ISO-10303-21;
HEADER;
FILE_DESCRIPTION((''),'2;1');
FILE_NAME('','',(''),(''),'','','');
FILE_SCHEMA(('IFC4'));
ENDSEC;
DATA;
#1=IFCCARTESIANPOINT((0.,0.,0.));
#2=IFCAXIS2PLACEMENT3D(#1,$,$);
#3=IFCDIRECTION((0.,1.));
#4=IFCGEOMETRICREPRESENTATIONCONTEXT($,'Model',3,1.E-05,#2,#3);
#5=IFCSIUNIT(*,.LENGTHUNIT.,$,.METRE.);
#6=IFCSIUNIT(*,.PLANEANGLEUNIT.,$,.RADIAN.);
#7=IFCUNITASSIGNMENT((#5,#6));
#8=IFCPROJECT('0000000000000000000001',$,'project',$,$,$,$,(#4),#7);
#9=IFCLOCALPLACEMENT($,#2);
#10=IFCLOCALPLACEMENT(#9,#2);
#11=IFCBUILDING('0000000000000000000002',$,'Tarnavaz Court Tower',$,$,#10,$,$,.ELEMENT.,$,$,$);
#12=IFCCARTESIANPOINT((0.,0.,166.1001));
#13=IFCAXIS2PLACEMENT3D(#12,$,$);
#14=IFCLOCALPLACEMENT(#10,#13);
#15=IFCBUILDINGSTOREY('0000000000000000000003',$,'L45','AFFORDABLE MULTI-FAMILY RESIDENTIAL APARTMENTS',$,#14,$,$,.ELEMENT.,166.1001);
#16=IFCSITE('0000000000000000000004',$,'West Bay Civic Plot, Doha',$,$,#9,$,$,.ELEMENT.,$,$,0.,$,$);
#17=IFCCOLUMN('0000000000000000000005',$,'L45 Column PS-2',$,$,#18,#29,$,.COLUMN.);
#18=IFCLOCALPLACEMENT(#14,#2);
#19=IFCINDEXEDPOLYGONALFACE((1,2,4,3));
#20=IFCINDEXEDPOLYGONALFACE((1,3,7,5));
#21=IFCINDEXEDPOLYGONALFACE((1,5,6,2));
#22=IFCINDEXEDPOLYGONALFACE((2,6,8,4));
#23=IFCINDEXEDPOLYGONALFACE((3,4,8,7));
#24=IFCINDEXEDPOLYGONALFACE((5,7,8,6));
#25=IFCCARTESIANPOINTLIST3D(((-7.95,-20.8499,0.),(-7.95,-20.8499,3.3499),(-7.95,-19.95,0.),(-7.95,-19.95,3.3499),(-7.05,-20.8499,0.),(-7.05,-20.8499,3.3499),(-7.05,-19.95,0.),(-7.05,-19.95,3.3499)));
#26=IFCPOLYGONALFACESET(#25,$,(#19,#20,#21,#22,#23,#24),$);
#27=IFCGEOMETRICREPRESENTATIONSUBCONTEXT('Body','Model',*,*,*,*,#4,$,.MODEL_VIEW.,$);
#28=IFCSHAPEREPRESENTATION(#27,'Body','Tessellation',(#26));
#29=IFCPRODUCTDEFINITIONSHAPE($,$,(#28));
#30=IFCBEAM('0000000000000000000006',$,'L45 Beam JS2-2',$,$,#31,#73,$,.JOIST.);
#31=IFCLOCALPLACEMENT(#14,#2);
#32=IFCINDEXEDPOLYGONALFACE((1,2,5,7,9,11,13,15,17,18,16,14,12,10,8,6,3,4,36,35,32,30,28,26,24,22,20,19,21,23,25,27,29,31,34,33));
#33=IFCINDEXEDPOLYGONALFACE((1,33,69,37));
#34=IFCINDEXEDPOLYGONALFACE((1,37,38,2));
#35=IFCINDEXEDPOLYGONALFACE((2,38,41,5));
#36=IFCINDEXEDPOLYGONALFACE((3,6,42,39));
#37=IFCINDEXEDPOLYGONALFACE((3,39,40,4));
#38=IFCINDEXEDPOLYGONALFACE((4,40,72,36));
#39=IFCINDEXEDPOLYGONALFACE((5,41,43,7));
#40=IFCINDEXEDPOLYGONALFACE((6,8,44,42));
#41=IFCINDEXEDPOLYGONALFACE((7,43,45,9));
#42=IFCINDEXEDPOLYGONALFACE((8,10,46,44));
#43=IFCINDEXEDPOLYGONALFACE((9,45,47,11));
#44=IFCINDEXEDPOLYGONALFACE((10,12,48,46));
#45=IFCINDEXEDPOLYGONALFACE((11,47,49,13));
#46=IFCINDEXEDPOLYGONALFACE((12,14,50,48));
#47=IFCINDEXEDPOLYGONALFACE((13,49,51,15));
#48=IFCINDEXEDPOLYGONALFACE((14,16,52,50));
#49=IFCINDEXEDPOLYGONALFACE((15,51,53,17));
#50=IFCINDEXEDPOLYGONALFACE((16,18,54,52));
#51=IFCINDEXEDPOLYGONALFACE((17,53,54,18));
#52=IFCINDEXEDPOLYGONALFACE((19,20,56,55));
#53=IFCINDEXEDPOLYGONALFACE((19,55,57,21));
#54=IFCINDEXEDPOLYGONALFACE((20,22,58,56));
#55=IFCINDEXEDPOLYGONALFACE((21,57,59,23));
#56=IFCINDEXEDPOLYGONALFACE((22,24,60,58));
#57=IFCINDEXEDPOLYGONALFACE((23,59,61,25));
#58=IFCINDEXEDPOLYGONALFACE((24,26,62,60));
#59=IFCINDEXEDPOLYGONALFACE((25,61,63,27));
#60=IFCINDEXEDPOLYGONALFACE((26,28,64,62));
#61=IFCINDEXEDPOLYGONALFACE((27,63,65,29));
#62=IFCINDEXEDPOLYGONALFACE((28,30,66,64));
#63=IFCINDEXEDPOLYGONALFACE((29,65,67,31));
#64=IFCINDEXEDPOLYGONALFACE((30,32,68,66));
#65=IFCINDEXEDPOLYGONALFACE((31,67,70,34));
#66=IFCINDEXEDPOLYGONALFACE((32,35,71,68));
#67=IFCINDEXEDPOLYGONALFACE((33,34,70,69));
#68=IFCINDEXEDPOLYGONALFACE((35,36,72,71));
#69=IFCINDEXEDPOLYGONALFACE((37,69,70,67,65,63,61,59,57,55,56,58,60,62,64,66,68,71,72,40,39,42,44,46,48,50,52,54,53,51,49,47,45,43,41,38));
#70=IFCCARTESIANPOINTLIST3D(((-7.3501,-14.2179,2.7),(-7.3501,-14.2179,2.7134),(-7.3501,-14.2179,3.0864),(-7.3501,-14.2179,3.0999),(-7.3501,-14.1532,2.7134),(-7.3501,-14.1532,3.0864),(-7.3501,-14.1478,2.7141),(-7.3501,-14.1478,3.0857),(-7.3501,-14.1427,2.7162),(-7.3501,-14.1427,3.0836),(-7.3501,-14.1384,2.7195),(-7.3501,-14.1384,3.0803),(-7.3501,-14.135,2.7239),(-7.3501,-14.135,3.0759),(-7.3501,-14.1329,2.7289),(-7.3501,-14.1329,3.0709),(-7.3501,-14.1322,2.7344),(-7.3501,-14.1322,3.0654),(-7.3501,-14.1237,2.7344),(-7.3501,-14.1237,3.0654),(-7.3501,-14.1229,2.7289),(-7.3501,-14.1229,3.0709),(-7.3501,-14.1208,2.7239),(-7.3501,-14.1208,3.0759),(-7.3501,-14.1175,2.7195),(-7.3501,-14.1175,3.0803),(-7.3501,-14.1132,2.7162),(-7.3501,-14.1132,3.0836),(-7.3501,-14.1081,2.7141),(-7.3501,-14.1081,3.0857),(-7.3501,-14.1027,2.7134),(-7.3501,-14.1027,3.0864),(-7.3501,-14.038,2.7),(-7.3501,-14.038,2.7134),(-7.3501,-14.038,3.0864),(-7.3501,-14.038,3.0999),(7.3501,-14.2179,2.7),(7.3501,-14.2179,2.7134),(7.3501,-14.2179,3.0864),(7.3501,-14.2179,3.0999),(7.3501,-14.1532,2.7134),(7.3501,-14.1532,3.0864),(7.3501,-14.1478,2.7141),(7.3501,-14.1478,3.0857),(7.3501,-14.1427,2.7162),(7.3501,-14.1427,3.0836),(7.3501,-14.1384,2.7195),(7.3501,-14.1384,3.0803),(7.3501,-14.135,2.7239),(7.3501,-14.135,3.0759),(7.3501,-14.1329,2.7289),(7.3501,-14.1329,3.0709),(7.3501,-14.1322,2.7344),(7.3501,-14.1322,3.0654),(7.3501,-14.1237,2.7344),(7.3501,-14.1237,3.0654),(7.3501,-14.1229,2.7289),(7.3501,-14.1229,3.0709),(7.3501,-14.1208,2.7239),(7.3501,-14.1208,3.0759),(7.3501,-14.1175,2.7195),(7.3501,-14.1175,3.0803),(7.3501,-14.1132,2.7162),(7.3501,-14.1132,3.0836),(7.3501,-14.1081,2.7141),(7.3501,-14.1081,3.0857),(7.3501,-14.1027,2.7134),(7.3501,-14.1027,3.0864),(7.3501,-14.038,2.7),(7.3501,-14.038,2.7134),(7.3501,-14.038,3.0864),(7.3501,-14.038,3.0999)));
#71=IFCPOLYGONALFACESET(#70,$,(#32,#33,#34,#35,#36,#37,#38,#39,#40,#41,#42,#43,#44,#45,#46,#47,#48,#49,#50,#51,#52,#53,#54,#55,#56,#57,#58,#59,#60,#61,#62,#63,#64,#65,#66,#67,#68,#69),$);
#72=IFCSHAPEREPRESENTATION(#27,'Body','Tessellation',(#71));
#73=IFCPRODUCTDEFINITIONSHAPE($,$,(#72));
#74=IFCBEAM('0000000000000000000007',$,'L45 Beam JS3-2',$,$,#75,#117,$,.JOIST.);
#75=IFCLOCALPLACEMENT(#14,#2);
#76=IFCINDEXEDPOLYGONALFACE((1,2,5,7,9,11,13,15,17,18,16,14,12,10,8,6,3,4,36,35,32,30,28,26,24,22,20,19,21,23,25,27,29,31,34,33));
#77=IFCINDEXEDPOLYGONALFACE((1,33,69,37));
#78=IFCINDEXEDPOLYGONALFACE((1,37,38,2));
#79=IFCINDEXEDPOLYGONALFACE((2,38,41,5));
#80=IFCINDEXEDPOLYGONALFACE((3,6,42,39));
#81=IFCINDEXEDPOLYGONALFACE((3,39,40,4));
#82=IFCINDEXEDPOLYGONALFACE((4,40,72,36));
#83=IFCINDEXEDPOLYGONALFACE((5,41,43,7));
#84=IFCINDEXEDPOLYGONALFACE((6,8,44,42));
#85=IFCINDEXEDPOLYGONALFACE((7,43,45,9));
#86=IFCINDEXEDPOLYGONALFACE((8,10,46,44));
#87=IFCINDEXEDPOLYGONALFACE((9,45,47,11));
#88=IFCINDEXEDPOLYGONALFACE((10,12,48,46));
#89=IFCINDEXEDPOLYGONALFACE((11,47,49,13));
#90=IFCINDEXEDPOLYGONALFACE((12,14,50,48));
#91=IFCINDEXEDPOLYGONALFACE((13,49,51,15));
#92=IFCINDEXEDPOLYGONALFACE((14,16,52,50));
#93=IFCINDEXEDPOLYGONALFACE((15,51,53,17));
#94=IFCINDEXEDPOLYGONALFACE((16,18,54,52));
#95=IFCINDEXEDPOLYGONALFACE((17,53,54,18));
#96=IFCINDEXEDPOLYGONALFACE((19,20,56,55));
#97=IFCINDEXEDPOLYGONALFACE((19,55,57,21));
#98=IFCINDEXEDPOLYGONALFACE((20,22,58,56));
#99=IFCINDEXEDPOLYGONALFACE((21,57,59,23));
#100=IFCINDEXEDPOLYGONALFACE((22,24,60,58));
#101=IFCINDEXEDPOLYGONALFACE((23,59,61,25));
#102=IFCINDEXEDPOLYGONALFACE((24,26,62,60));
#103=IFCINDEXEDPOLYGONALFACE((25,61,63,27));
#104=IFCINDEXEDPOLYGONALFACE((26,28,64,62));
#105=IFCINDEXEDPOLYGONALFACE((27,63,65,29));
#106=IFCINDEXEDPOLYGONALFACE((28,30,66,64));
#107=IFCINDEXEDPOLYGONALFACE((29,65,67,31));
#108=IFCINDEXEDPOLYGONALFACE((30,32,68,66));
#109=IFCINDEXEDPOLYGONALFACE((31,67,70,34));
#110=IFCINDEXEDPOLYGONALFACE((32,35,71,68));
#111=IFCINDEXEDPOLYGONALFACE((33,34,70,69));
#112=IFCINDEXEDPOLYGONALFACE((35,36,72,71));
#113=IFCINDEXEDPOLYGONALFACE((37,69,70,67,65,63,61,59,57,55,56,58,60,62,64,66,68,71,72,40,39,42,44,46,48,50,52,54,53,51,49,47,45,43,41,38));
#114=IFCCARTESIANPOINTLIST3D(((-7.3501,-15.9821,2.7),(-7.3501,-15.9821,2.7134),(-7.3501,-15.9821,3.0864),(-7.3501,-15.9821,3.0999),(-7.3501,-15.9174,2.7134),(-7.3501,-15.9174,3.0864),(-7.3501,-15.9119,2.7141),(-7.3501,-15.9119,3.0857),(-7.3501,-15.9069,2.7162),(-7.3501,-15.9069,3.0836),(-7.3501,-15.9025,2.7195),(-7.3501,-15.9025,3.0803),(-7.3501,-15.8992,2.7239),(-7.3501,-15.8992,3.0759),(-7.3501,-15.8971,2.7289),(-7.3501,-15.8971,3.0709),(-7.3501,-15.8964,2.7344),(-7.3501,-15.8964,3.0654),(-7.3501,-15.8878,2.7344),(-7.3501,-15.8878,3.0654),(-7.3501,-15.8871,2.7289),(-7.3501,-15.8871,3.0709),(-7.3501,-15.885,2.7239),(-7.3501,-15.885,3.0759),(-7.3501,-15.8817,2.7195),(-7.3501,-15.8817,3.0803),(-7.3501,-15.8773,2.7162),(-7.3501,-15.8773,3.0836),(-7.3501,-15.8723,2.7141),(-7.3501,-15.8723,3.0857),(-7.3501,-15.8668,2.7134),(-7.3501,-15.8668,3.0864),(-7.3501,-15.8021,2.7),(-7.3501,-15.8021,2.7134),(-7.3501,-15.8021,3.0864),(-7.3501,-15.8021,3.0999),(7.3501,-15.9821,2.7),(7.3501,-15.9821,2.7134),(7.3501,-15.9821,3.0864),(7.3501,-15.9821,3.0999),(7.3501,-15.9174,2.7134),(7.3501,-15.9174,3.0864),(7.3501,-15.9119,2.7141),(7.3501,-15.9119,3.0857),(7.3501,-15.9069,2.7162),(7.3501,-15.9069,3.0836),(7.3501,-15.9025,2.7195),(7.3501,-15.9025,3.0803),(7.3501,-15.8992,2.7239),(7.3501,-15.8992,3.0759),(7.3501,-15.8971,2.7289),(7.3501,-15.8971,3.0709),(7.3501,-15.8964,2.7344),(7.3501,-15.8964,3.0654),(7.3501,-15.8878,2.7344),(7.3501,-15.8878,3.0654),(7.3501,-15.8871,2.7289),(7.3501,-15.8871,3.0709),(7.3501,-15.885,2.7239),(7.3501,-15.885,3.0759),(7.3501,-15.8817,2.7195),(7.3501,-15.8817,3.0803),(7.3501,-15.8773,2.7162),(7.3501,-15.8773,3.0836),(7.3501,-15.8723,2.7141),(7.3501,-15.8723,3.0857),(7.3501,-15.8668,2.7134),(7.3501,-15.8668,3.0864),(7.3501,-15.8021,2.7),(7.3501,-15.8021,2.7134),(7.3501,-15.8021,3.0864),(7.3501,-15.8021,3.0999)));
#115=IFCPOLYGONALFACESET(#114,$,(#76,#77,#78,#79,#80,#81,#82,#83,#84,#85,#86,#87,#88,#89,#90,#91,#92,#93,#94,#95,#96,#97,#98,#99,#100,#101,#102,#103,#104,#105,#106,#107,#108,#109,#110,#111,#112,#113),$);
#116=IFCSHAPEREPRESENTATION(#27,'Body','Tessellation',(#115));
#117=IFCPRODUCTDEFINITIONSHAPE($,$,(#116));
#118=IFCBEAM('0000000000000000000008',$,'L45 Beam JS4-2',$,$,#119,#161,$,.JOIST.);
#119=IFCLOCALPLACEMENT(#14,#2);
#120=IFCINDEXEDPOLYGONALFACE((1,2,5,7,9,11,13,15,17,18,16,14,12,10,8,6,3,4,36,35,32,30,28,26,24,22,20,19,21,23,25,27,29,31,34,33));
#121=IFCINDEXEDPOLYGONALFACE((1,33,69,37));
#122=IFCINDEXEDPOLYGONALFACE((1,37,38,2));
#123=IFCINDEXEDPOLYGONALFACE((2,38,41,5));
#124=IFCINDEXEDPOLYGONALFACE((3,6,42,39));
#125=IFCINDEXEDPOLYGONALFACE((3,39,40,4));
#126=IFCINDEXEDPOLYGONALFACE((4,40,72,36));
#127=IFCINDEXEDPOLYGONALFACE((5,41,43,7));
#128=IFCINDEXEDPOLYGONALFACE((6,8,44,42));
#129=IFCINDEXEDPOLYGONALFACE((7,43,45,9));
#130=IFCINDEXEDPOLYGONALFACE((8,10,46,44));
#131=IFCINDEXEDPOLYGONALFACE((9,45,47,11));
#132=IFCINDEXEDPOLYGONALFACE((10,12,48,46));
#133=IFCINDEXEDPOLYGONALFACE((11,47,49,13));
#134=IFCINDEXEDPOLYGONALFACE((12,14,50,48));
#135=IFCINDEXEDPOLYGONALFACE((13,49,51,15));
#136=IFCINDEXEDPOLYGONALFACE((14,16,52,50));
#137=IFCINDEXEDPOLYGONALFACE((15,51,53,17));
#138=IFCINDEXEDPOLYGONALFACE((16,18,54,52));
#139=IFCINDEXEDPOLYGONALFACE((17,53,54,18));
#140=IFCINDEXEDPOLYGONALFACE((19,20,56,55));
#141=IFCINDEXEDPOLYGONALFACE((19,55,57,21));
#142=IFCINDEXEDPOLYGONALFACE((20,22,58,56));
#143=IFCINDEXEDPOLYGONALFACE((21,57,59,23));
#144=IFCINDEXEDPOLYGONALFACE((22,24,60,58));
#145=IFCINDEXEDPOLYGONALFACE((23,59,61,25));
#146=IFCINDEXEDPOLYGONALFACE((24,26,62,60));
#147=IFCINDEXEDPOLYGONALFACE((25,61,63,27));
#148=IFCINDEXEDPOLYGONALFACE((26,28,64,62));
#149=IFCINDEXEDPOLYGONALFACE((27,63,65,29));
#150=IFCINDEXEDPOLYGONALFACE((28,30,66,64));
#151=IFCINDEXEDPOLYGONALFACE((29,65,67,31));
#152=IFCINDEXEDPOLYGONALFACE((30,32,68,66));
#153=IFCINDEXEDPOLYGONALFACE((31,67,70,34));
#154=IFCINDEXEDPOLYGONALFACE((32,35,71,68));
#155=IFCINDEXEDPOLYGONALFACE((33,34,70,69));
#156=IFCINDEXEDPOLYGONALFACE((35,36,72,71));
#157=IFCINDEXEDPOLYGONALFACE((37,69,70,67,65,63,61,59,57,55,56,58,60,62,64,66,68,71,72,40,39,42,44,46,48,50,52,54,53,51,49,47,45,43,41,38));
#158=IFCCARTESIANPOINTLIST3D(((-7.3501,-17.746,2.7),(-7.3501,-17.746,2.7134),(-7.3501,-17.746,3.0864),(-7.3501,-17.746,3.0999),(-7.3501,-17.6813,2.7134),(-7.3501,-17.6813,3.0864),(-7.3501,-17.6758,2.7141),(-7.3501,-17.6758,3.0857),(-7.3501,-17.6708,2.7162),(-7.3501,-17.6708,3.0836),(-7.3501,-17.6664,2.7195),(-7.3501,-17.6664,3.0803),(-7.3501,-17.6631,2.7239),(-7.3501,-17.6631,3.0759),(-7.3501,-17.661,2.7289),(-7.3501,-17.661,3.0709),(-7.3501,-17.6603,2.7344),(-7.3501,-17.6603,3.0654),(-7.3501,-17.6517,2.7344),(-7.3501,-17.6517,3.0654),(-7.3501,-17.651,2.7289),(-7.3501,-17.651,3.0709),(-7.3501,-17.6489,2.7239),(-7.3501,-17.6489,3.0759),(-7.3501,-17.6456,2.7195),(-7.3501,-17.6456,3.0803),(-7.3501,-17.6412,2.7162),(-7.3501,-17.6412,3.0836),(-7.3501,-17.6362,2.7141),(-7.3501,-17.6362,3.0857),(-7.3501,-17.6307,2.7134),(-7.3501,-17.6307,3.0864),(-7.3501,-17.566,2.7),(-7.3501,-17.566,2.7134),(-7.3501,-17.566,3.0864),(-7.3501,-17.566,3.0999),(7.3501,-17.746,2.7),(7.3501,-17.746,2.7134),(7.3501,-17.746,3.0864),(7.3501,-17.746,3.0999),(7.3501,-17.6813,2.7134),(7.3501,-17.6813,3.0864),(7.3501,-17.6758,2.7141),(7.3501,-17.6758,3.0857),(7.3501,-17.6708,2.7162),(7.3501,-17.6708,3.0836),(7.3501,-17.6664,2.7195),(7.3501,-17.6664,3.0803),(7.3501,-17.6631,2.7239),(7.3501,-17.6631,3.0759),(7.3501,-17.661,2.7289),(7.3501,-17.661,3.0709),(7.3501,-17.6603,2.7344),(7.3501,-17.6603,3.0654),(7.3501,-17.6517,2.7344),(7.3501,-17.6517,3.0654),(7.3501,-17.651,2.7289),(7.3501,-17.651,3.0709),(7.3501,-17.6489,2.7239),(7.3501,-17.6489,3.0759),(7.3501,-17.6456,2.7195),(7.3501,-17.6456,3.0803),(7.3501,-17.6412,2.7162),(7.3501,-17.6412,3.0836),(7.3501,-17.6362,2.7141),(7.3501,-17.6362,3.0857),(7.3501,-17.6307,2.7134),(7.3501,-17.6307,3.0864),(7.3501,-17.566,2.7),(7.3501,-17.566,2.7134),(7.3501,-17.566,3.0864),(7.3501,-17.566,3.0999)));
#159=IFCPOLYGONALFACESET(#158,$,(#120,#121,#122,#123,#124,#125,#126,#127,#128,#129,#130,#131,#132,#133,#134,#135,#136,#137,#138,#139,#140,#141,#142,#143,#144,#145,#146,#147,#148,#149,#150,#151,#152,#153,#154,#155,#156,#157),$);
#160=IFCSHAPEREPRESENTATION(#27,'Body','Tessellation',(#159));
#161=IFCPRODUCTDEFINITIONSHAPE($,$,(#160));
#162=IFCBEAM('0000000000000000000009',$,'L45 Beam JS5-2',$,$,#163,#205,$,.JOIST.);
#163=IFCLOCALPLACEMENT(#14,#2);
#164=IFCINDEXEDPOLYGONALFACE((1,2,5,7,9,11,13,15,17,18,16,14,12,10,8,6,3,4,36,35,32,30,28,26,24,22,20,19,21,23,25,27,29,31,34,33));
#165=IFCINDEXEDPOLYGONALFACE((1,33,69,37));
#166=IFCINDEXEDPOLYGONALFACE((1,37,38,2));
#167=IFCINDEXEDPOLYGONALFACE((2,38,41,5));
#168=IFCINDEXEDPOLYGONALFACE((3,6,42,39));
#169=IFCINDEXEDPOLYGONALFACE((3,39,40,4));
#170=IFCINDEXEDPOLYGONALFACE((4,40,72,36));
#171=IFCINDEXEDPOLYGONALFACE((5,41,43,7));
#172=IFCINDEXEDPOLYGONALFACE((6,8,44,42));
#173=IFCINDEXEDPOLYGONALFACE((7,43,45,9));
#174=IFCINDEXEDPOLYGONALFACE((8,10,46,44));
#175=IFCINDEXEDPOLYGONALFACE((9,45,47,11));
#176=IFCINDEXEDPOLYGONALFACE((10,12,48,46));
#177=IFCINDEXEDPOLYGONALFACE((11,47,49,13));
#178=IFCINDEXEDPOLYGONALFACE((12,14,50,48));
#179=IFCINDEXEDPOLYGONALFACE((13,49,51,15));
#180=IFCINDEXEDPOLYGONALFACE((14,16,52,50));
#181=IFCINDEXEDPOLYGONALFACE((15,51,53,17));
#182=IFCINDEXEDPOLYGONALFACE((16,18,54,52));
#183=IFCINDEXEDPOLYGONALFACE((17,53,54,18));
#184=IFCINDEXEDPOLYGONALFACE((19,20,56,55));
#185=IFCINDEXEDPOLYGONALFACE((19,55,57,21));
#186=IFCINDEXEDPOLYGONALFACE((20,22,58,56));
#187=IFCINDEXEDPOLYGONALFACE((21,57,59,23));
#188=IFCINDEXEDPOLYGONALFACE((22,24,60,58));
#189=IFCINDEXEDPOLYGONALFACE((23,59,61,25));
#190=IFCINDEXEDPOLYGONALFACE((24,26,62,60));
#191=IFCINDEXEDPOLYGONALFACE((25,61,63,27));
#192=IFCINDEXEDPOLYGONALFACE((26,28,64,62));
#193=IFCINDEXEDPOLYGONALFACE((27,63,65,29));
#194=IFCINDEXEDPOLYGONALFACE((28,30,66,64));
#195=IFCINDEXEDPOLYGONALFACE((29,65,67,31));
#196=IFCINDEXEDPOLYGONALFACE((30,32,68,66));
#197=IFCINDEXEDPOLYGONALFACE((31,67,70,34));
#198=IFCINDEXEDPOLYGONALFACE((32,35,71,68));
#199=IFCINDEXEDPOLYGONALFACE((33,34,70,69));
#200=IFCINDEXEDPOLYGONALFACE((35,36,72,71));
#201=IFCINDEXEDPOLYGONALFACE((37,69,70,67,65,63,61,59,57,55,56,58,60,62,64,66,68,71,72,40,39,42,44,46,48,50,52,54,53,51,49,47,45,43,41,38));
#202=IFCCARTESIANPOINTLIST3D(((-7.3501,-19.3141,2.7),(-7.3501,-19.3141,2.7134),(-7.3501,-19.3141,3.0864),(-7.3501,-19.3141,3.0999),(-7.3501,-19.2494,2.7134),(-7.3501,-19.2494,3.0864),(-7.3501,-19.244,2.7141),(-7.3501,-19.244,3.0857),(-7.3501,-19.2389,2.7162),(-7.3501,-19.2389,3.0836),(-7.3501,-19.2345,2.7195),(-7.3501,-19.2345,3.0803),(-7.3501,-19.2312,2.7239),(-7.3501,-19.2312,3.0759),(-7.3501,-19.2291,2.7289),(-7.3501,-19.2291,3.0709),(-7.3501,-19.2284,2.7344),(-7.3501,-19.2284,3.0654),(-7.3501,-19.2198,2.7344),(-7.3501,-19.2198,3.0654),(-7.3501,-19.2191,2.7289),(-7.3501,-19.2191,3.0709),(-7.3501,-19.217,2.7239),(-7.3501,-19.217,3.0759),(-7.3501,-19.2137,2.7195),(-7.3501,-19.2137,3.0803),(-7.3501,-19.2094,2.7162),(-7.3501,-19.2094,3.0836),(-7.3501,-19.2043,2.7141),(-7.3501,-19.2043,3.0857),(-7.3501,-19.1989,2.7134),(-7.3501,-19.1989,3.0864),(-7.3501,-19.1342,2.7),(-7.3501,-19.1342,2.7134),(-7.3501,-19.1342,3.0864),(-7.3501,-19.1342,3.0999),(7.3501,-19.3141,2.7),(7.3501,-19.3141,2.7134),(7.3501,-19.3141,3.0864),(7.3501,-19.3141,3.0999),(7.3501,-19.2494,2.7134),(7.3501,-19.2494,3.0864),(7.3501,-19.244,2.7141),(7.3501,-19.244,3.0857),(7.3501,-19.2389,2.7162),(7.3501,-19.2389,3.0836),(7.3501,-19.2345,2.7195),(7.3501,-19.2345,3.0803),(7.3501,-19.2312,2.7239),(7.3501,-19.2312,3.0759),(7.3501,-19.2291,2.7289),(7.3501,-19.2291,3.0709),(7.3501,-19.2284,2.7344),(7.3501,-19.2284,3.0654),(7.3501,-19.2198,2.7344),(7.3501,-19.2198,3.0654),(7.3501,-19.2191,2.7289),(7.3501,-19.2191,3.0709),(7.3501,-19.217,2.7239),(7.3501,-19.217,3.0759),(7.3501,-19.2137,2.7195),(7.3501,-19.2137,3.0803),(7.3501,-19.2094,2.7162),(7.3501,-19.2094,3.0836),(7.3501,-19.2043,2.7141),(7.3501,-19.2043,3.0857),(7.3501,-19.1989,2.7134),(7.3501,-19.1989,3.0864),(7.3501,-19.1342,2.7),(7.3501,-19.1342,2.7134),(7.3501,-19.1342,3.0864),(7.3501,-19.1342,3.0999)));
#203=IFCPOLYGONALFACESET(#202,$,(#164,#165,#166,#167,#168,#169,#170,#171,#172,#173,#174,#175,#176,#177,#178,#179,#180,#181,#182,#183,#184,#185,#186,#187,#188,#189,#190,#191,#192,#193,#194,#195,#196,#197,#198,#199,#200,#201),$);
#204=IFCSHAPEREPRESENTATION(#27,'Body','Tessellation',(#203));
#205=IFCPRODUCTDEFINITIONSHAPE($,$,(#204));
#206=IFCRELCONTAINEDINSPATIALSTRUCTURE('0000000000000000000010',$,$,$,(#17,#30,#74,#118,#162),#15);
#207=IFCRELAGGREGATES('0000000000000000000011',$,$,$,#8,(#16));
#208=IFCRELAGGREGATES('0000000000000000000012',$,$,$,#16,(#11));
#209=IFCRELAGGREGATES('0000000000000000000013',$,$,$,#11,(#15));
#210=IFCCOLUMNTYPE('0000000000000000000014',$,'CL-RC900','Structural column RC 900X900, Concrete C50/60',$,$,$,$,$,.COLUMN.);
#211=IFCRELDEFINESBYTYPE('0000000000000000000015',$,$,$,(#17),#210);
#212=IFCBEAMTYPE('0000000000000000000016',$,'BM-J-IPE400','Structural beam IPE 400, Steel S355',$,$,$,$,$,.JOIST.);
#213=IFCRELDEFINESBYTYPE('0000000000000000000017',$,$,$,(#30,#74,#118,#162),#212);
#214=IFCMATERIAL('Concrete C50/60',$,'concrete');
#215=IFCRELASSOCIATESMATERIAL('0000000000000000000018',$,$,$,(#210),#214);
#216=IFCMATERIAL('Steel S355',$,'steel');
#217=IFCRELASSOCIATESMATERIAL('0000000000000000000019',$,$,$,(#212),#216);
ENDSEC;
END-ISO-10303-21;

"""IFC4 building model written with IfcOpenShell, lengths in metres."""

from ifc_helpers import new_model, si_unit, direction, frame, origin, origin_2d, place, context, subcontext, project, spatial, rectangle, i_section, extrude, material, material_profile, profile_set, type_object, element, save


model = new_model("IFC4")

# Units and contexts
model_context = context("Model", 3, precision=1e-05, world=origin(), true_north=direction((0.0, 1.0)))
body_context = subcontext(model_context, "Body", "Model", "MODEL_VIEW")
ifc_project = project(units=[si_unit("LENGTHUNIT", "METRE"), si_unit("PLANEANGLEUNIT", "RADIAN")], contexts=[model_context])

# Site, building, storey
site_placement = place(None, origin())
site = spatial("IfcSite", under=ifc_project, at=site_placement, Name="West Bay Civic Plot, Doha", CompositionType="ELEMENT", RefElevation=0.0)
building_placement = place(site_placement, origin())
building = spatial("IfcBuilding", under=site, at=building_placement, Name="Tarnavaz Court Tower", CompositionType="ELEMENT")
storey_placement = place(building_placement, frame((0.0, 0.0, 166.1001)))
storey = spatial("IfcBuildingStorey", under=building, at=storey_placement, Name="L45", Description="AFFORDABLE MULTI-FAMILY RESIDENTIAL APARTMENTS", CompositionType="ELEMENT", Elevation=166.1001)

# Column
ifc_material_1 = material(Name="Concrete C50/60", Category="concrete")
ifc_material_profile_1 = material_profile(ifc_material_1, rectangle(XDim=0.8999, YDim=0.8999, at=origin_2d()), Name="RC 900X900")
ifc_profile_set_1 = profile_set([ifc_material_profile_1], Name="Concrete C50/60")
column_type = type_object("IfcColumnType", Name="CL-RC900", Description="Structural column RC 900X900, Concrete C50/60", PredefinedType="COLUMN", material=ifc_profile_set_1)
column_placement = place(storey_placement, frame((-7.5, -20.3999, 0.0), z_axis=(0.0, 0.0, 1.0), x_axis=(1.0, 0.0, 0.0)))
element("IfcColumn", 1, at=column_placement, inside=storey, type_object=column_type, Name="L45 Column PS-2", PredefinedType="COLUMN", context=body_context, shape_type="SweptSolid", body=[
    extrude(rectangle(XDim=0.8999, YDim=0.8999, at=origin_2d()), origin(), (0.0, 0.0, 1.0), 3.3499),
])

# Beams
ifc_material_2 = material(Name="Steel S355", Category="steel")
ifc_material_profile_2 = material_profile(ifc_material_2, i_section(OverallWidth=0.1799, OverallDepth=0.3999, WebThickness=0.0085, FlangeThickness=0.0134, FilletRadius=0.021, at=origin_2d()), Name="IPE 400")
ifc_profile_set_2 = profile_set([ifc_material_profile_2], Name="Steel S355")
beam_type_1 = type_object("IfcBeamType", Name="BM-J-IPE400", Description="Structural beam IPE 400, Steel S355", PredefinedType="JOIST", material=ifc_profile_set_2)
for number, where, z_axis, x_axis, name in (
    (2, (-7.3501, -14.1279, 2.8999), (1.0, 0.0, 0.0), (0.0, 1.0, 0.0), "L45 Beam JS2-2"),
    (3, (-7.3501, -15.8921, 2.8999), (1.0, 0.0, 0.0), (0.0, 1.0, 0.0), "L45 Beam JS3-2"),
    (4, (-7.3501, -17.656, 2.8999), (1.0, 0.0, 0.0), (0.0, 1.0, 0.0), "L45 Beam JS4-2"),
    (5, (-7.3501, -19.2241, 2.8999), (1.0, 0.0, 0.0), (0.0, 1.0, 0.0), "L45 Beam JS5-2"),
):
    element("IfcBeam", number, at=place(storey_placement, frame(where, z_axis=z_axis, x_axis=x_axis)), inside=storey, type_object=beam_type_1, Name=name, PredefinedType="JOIST", context=body_context, shape_type="SweptSolid", body=[
        extrude(i_section(OverallWidth=0.1799, OverallDepth=0.3999, WebThickness=0.0085, FlangeThickness=0.0134, FilletRadius=0.021, at=origin_2d()), origin(), (0.0, 0.0, 1.0), 14.7002),
    ])

save(model, "model.ifc")
